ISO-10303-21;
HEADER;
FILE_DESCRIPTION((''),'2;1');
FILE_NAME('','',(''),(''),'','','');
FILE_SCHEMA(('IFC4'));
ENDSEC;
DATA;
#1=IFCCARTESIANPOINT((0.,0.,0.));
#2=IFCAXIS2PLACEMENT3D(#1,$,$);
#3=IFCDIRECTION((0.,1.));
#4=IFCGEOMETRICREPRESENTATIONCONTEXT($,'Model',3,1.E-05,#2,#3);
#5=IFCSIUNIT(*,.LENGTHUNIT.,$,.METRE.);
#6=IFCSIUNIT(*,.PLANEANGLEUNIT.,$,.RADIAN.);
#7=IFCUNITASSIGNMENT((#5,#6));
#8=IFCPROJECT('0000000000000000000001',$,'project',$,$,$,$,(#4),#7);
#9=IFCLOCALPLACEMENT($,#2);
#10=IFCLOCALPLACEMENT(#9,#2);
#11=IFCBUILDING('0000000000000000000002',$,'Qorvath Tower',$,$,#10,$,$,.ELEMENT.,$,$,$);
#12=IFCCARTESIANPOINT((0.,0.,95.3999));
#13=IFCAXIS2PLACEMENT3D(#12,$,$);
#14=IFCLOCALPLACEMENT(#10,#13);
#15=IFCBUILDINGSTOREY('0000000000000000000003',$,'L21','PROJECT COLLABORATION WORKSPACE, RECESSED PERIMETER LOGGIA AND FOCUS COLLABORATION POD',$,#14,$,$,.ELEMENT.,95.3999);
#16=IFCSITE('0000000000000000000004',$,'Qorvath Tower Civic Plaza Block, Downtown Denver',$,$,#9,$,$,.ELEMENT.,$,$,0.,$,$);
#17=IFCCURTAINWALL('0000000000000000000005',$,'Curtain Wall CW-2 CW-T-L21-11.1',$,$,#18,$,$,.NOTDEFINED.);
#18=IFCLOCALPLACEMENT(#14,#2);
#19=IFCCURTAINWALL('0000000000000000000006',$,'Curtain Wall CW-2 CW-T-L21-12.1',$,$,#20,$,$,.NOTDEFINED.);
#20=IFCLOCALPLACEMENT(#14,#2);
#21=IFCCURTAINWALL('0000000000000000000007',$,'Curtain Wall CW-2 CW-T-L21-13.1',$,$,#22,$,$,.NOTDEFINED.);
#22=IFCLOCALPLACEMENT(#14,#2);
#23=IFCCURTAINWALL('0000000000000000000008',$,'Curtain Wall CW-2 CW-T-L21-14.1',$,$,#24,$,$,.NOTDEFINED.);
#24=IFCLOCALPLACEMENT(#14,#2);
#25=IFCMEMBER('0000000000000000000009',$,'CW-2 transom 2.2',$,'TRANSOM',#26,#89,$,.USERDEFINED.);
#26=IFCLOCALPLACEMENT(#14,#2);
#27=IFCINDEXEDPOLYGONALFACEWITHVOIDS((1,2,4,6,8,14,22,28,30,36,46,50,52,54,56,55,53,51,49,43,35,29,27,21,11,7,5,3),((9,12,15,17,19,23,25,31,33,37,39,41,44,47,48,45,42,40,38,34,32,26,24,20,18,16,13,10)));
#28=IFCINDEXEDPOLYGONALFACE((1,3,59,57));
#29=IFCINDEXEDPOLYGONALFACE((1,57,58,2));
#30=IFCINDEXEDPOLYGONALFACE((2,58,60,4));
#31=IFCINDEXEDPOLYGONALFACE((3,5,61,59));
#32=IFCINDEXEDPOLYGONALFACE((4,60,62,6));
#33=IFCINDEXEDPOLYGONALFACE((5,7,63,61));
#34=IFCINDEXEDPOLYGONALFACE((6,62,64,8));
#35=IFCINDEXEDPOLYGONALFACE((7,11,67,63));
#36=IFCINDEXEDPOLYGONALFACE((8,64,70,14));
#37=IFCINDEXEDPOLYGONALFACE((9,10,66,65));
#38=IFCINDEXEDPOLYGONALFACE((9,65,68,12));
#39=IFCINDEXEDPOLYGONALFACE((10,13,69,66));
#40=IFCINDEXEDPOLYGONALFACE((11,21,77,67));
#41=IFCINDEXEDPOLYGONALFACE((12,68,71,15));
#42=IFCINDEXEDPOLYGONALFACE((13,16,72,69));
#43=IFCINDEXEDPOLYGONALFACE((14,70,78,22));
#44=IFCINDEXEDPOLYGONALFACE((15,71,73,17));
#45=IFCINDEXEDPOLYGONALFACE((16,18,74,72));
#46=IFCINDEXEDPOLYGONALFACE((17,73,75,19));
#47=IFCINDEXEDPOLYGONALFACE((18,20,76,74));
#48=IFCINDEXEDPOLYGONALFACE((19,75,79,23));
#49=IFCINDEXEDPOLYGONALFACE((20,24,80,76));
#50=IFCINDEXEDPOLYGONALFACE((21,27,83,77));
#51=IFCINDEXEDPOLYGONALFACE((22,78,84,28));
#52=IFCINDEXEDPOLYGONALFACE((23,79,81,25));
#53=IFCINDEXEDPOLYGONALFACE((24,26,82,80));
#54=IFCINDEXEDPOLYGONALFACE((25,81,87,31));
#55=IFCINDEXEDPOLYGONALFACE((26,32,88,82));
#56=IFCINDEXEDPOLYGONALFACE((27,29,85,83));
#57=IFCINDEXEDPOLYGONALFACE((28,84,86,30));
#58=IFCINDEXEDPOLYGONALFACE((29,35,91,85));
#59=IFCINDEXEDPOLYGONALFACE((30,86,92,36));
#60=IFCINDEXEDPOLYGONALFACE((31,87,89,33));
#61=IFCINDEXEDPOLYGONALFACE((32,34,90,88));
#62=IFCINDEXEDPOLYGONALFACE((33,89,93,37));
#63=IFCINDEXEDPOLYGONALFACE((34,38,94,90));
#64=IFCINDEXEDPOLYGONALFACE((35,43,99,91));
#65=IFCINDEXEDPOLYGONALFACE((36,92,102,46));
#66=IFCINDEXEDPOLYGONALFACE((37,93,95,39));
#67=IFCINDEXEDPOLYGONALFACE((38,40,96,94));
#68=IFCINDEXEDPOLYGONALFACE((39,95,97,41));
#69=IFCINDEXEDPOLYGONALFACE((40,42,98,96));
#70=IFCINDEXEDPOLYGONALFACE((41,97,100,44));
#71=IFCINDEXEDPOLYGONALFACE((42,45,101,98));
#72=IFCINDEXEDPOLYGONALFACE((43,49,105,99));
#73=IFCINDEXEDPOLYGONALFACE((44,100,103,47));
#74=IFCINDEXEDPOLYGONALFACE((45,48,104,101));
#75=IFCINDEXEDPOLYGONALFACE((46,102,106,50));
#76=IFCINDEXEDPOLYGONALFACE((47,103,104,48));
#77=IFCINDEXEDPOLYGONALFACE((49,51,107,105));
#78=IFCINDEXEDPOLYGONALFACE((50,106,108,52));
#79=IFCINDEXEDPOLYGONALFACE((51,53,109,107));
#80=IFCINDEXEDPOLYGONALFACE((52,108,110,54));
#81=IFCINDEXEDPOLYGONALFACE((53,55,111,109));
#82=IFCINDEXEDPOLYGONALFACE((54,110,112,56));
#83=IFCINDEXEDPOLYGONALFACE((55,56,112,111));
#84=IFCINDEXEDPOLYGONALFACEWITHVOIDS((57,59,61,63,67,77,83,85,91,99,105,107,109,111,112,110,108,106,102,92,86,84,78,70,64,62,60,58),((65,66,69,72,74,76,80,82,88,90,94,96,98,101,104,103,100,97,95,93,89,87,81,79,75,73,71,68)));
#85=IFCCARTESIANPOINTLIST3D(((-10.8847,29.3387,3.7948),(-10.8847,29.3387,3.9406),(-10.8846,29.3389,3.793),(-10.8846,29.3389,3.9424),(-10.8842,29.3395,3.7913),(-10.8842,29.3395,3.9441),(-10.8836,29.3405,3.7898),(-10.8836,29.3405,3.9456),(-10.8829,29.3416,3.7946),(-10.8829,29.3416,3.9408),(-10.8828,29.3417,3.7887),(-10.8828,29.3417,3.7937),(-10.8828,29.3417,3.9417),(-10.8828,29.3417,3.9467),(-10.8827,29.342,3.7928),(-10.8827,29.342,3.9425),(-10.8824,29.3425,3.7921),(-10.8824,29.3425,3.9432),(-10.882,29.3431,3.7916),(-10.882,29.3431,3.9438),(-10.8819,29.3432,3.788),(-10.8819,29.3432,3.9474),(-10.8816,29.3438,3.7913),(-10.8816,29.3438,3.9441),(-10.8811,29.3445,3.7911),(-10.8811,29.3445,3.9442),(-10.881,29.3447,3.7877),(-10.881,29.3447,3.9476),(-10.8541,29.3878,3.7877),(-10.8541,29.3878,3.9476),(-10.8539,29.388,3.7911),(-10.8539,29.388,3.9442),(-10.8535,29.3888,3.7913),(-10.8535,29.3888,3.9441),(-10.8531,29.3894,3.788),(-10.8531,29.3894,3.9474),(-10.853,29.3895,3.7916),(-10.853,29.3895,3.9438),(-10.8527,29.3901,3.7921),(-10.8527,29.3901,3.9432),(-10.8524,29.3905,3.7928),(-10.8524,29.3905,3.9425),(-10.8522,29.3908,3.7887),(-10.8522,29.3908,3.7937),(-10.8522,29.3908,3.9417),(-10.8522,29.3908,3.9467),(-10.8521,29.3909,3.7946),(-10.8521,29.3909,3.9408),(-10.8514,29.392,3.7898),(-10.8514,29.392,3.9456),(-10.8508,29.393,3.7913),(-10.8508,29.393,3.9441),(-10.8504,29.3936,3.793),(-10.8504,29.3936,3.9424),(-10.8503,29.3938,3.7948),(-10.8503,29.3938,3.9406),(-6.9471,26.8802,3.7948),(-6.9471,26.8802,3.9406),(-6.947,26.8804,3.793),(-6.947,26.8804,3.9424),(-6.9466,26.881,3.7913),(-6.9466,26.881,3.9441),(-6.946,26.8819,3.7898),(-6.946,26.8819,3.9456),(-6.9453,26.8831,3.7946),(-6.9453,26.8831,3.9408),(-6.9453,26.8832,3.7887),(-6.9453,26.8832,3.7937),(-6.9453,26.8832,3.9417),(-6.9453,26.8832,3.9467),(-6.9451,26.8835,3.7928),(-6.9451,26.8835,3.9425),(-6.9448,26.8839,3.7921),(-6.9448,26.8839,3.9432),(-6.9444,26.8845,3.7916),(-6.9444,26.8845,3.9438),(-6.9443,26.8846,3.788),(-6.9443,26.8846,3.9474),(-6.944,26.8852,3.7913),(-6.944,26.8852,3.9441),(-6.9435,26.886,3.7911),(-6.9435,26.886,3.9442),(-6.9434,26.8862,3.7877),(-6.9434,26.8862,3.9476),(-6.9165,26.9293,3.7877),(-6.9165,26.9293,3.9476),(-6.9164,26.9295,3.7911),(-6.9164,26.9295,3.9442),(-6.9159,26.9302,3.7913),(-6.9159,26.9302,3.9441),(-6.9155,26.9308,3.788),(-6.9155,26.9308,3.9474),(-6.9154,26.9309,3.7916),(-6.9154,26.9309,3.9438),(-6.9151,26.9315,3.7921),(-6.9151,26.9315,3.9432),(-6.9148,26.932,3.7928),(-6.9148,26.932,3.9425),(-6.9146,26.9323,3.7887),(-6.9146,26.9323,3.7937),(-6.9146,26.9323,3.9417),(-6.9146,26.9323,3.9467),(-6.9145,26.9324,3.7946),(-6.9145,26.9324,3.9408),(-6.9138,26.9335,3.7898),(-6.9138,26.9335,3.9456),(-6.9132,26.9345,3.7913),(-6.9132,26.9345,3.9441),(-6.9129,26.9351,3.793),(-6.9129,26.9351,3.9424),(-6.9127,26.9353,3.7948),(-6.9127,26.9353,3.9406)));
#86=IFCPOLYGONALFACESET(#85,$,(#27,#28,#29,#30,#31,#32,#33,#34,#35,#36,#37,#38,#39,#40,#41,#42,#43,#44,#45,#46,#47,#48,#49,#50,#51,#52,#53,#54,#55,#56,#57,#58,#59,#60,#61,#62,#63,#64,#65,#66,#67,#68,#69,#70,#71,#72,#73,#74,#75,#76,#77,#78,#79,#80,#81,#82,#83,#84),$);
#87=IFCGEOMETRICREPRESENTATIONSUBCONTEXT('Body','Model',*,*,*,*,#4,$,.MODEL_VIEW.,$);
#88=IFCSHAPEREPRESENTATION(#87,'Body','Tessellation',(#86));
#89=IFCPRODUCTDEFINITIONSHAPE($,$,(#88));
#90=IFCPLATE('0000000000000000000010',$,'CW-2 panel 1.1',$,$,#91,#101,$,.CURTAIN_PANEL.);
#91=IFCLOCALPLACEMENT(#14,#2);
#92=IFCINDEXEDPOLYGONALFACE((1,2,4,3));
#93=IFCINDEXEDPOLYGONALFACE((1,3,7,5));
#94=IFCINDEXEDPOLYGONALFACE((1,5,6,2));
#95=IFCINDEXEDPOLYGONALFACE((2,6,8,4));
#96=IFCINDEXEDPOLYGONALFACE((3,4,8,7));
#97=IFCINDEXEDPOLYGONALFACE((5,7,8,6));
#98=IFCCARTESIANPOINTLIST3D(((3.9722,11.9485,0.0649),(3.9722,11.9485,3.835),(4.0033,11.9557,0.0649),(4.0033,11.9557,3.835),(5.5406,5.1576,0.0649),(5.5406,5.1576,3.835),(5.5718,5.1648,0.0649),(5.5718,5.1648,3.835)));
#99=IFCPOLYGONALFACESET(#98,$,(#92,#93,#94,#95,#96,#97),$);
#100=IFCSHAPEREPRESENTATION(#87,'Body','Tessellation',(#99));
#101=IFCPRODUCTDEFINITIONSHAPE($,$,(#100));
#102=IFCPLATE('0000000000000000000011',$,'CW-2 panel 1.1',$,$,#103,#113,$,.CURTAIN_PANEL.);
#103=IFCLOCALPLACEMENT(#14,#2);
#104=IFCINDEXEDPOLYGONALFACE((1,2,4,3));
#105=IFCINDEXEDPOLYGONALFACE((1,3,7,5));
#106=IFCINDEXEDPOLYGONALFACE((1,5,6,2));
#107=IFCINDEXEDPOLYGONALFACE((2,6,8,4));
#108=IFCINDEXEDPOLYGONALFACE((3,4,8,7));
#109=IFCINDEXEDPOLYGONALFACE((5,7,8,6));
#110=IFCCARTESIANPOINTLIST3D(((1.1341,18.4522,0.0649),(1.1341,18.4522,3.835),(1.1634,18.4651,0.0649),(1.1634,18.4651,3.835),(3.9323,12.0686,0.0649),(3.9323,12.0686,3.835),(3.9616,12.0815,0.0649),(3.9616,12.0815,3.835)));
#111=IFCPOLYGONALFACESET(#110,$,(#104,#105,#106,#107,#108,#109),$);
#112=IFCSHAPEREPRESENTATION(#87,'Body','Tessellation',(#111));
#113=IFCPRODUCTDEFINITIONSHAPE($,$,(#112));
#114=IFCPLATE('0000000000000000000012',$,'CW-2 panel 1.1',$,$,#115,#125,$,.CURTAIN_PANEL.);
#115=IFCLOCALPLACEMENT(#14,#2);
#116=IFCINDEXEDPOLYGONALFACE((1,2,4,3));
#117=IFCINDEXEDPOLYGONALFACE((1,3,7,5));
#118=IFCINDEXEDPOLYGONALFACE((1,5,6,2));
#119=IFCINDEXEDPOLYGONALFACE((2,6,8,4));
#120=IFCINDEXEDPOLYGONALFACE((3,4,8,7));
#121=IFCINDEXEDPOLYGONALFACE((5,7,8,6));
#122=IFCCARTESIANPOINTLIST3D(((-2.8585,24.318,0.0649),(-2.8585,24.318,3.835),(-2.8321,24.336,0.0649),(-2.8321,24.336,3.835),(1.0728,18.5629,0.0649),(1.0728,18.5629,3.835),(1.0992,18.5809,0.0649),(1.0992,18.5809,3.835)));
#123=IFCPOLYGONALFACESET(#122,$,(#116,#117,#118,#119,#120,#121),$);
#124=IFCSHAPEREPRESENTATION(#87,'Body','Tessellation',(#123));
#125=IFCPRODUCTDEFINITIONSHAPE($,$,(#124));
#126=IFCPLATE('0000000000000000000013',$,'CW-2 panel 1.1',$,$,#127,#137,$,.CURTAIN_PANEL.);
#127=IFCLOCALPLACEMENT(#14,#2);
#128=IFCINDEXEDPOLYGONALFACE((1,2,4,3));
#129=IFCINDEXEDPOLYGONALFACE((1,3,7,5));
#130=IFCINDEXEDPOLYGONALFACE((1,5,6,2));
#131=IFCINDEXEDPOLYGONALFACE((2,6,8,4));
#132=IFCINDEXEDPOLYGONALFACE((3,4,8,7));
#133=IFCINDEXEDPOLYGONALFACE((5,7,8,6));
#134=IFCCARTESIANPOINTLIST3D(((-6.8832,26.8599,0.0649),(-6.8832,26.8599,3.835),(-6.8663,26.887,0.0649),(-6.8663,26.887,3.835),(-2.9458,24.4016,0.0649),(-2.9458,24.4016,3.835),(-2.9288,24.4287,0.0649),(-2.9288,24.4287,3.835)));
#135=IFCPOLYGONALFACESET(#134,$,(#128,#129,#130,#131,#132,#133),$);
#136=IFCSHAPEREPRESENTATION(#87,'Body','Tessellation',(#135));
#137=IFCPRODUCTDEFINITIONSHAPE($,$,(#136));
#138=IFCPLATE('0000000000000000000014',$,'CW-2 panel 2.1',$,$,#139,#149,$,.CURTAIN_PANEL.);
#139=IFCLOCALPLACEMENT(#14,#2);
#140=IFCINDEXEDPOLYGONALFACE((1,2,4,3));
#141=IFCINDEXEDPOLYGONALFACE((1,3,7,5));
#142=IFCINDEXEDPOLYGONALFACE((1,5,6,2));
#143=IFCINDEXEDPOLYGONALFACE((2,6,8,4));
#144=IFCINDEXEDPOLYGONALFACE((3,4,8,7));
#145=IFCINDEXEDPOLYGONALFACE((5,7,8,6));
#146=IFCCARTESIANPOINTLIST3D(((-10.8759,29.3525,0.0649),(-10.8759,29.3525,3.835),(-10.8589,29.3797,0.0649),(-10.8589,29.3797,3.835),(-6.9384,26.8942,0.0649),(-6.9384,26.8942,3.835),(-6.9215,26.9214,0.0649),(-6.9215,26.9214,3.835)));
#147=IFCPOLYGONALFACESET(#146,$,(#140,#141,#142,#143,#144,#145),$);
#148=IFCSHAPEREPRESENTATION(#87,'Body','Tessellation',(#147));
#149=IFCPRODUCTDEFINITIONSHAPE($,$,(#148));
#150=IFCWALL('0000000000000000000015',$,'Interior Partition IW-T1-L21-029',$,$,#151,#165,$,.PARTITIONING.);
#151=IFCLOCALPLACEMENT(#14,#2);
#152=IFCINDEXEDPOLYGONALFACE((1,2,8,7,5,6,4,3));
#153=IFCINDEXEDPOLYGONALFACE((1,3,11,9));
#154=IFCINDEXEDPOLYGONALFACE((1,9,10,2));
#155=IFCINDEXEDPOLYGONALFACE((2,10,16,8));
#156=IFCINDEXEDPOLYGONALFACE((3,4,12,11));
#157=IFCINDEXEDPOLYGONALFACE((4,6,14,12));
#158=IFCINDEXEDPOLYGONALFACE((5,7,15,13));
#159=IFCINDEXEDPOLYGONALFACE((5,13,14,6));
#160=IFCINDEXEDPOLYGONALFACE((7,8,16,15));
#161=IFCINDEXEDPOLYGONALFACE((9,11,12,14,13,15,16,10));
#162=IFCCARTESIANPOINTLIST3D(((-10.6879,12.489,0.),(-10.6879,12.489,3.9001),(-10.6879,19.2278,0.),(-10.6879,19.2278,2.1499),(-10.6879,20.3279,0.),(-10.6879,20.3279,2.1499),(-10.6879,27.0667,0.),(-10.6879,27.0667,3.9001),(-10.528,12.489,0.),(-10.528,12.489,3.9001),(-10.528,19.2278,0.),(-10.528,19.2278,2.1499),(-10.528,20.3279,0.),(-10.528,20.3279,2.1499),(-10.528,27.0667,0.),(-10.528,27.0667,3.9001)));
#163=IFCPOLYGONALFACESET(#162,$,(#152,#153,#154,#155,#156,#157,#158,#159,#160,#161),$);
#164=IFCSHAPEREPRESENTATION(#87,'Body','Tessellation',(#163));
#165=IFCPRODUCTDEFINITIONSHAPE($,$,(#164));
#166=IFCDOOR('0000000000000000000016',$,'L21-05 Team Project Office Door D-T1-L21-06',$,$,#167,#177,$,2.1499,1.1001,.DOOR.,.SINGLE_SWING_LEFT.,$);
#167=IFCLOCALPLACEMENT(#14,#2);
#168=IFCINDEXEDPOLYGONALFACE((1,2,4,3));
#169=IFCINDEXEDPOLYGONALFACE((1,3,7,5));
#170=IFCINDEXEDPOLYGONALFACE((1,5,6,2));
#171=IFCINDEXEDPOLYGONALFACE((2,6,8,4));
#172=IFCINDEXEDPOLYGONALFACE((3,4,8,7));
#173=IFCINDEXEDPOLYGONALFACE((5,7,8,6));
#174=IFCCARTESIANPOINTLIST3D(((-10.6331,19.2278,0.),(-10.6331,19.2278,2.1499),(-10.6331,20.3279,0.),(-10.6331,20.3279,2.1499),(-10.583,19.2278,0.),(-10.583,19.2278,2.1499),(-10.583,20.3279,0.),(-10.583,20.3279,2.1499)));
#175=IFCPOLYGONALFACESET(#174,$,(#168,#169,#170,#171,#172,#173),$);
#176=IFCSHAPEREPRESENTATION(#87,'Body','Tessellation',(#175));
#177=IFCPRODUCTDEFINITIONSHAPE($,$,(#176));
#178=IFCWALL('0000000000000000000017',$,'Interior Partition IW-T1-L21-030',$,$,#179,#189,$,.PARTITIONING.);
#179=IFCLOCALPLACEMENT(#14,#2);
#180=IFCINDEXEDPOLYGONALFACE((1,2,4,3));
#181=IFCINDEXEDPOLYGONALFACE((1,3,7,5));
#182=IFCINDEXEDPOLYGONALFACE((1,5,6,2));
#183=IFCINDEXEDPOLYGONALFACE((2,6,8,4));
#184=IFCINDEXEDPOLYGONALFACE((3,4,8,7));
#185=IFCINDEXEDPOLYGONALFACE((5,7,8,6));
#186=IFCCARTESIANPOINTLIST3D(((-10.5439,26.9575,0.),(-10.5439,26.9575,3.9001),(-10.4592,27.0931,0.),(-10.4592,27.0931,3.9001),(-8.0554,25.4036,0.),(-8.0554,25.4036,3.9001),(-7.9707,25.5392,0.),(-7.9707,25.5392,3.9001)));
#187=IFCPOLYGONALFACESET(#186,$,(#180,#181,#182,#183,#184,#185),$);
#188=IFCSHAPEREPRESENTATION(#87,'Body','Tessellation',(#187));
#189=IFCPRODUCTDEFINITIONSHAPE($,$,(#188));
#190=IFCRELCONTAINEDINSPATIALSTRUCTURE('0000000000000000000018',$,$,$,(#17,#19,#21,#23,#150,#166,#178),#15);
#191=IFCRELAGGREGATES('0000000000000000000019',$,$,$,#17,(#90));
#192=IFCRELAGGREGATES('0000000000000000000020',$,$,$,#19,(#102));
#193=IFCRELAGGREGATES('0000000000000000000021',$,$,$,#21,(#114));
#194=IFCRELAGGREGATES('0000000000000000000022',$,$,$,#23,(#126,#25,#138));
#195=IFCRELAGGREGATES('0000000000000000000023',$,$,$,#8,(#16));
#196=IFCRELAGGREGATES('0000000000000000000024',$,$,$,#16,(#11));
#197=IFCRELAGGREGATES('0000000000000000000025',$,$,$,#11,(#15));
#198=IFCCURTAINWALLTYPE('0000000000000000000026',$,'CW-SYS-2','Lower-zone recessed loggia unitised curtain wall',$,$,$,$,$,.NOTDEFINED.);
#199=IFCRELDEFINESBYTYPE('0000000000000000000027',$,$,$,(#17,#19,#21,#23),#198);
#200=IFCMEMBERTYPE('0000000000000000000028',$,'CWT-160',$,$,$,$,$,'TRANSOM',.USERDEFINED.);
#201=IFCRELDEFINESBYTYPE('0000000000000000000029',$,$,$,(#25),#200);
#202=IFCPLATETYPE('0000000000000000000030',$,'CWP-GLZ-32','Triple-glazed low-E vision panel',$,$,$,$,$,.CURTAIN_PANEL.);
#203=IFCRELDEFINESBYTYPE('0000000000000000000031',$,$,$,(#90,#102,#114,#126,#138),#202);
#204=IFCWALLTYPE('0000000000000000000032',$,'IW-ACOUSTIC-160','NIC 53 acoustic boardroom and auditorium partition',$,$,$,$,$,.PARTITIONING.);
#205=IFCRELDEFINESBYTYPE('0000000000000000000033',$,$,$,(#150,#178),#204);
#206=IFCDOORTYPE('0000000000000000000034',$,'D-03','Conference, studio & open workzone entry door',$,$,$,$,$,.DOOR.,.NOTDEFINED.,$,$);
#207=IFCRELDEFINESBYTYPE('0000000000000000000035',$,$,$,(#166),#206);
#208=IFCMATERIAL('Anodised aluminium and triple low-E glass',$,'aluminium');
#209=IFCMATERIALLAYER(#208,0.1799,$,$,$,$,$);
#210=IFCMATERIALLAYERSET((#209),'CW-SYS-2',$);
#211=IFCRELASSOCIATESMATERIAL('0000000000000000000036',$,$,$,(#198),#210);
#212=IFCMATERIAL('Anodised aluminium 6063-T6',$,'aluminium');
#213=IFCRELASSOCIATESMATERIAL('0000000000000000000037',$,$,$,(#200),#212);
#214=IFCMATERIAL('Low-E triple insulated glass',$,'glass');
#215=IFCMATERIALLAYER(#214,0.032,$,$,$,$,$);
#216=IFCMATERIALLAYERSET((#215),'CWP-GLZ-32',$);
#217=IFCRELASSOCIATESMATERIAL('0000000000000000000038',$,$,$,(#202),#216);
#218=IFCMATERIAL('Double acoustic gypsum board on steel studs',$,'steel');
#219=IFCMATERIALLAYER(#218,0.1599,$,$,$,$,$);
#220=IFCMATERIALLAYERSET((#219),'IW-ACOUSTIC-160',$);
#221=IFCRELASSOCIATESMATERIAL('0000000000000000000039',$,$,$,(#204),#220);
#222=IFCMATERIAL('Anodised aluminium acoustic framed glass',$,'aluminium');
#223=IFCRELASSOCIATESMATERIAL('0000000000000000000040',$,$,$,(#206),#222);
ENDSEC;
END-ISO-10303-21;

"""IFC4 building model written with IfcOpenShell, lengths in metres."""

from ifc_helpers import new_model, si_unit, direction, frame, frame_2d, origin, origin_2d, place, context, subcontext, project, spatial, rectangle, hollow_rectangle, extrude, material, layer, layer_set, material_profile, profile_set, type_object, element, fill, aggregate, save


model = new_model("IFC4")

# Units and contexts
model_context = context("Model", 3, precision=1e-05, world=origin(), true_north=direction((0.0, 1.0)))
body_context = subcontext(model_context, "Body", "Model", "MODEL_VIEW")
ifc_project = project(units=[si_unit("LENGTHUNIT", "METRE"), si_unit("PLANEANGLEUNIT", "RADIAN")], contexts=[model_context])

# Site, building, storey
site_placement = place(None, origin())
site = spatial("IfcSite", under=ifc_project, at=site_placement, Name="Qorvath Tower Civic Plaza Block, Downtown Denver", CompositionType="ELEMENT", RefElevation=0.0)
building_placement = place(site_placement, origin())
building = spatial("IfcBuilding", under=site, at=building_placement, Name="Qorvath Tower", CompositionType="ELEMENT")
storey_placement = place(building_placement, frame((0.0, 0.0, 95.3999)))
storey = spatial("IfcBuildingStorey", under=building, at=storey_placement, Name="L21", Description="PROJECT COLLABORATION WORKSPACE, RECESSED PERIMETER LOGGIA AND FOCUS COLLABORATION POD", CompositionType="ELEMENT", Elevation=95.3999)

# Curtain wall
ifc_material_1 = material(Name="Anodised aluminium and triple low-E glass", Category="aluminium")
ifc_layer_1 = layer(ifc_material_1, 0.1799)
ifc_layer_set_1 = layer_set([ifc_layer_1], Name="CW-SYS-2")
curtain_wall_type = type_object("IfcCurtainWallType", Name="CW-SYS-2", Description="Lower-zone recessed loggia unitised curtain wall", PredefinedType="NOTDEFINED", material=ifc_layer_set_1)
curtain_wall_1_placement = place(storey_placement, origin())
curtain_wall_1 = element("IfcCurtainWall", 1, at=curtain_wall_1_placement, inside=storey, type_object=curtain_wall_type, Name="Curtain Wall CW-2 CW-T-L21-11.1", PredefinedType="NOTDEFINED")

# Curtain walls
curtain_wall_2_placement = place(storey_placement, origin())
curtain_wall_2 = element("IfcCurtainWall", 2, at=curtain_wall_2_placement, inside=storey, type_object=curtain_wall_type, Name="Curtain Wall CW-2 CW-T-L21-12.1", PredefinedType="NOTDEFINED")
curtain_wall_3_placement = place(storey_placement, origin())
curtain_wall_3 = element("IfcCurtainWall", 3, at=curtain_wall_3_placement, inside=storey, type_object=curtain_wall_type, Name="Curtain Wall CW-2 CW-T-L21-13.1", PredefinedType="NOTDEFINED")
curtain_wall_4_placement = place(storey_placement, origin())
curtain_wall_4 = element("IfcCurtainWall", 4, at=curtain_wall_4_placement, inside=storey, type_object=curtain_wall_type, Name="Curtain Wall CW-2 CW-T-L21-14.1", PredefinedType="NOTDEFINED")

# Member
ifc_material_2 = material(Name="Anodised aluminium 6063-T6", Category="aluminium")
ifc_material_profile_1 = material_profile(ifc_material_2, hollow_rectangle(XDim=0.0649, YDim=0.1599, WallThickness=0.0034, InnerFilletRadius=0.0034, OuterFilletRadius=0.0071, at=origin_2d()), Name="CWT 160x65")
ifc_profile_set_1 = profile_set([ifc_material_profile_1], Name="Anodised aluminium 6063-T6")
member_type_1 = type_object("IfcMemberType", Name="CWT-160", ElementType="TRANSOM", PredefinedType="USERDEFINED", material=ifc_profile_set_1)
member_1_placement = place(storey_placement, frame((-6.9299, 26.9077, 3.8677), z_axis=(-0.848235, 0.529621, 0.0), x_axis=(-0.529621, -0.848235, 0.0)))
member_1 = element("IfcMember", 5, at=member_1_placement, type_object=member_type_1, Name="CW-2 transom 2.2", ObjectType="TRANSOM", PredefinedType="USERDEFINED", context=body_context, shape_type="SweptSolid", body=[
    extrude(hollow_rectangle(XDim=0.0649, YDim=0.1599, WallThickness=0.0034, InnerFilletRadius=0.0034, OuterFilletRadius=0.0071, at=origin_2d()), origin(), (0.0, 0.0, 1.0), 4.6421),
])

# Plates
ifc_material_3 = material(Name="Low-E triple insulated glass", Category="glass")
ifc_layer_2 = layer(ifc_material_3, 0.032)
ifc_layer_set_2 = layer_set([ifc_layer_2], Name="CWP-GLZ-32")
plate_type = type_object("IfcPlateType", Name="CWP-GLZ-32", Description="Triple-glazed low-E vision panel", PredefinedType="CURTAIN_PANEL", material=ifc_layer_set_2)
plate_1_placement = place(storey_placement, frame((4.772, 8.5566, 0.0649), z_axis=(0.0, 0.0, 1.0), x_axis=(-0.225034, 0.974351, 0.0)))
plate_1 = element("IfcPlate", 6, at=plate_1_placement, type_object=plate_type, Name="CW-2 panel 1.1", PredefinedType="CURTAIN_PANEL", context=body_context, shape_type="SweptSolid", body=[
    extrude(rectangle(XDim=6.9697, YDim=0.032, at=origin_2d()), origin(), (0.0, 0.0, 1.0), 3.77),
])
aggregate(curtain_wall_1, [plate_1])
plate_2_placement = place(storey_placement, frame((2.5479, 15.2668, 0.0649), z_axis=(0.0, 0.0, 1.0), x_axis=(-0.401477, 0.915869, 0.0)))
plate_2 = element("IfcPlate", 7, at=plate_2_placement, type_object=plate_type, Name="CW-2 panel 1.1", PredefinedType="CURTAIN_PANEL", context=body_context, shape_type="SweptSolid", body=[
    extrude(rectangle(XDim=6.97, YDim=0.032, at=origin_2d()), origin(), (0.0, 0.0, 1.0), 3.77),
])
aggregate(curtain_wall_2, [plate_2])
plate_3_placement = place(storey_placement, frame((-0.8796, 21.4495, 0.0649), z_axis=(0.0, 0.0, 1.0), x_axis=(-0.564062, 0.825733, 0.0)))
plate_3 = element("IfcPlate", 8, at=plate_3_placement, type_object=plate_type, Name="CW-2 panel 1.1", PredefinedType="CURTAIN_PANEL", context=body_context, shape_type="SweptSolid", body=[
    extrude(rectangle(XDim=6.9697, YDim=0.032, at=origin_2d()), origin(), (0.0, 0.0, 1.0), 3.77),
])
aggregate(curtain_wall_3, [plate_3])
plate_4_placement = place(storey_placement, frame((-4.906, 25.6443, 0.0649), z_axis=(0.0, 0.0, 1.0), x_axis=(-0.84825, 0.529596, 0.0)))
plate_4 = element("IfcPlate", 9, at=plate_4_placement, type_object=plate_type, Name="CW-2 panel 1.1", PredefinedType="CURTAIN_PANEL", context=body_context, shape_type="SweptSolid", body=[
    extrude(rectangle(XDim=4.6418, YDim=0.032, at=origin_2d()), origin(), (0.0, 0.0, 1.0), 3.77),
])
plate_5_placement = place(storey_placement, frame((-8.8987, 28.137, 0.0649), z_axis=(0.0, 0.0, 1.0), x_axis=(-0.84825, 0.529596, 0.0)))
plate_5 = element("IfcPlate", 10, at=plate_5_placement, type_object=plate_type, Name="CW-2 panel 2.1", PredefinedType="CURTAIN_PANEL", context=body_context, shape_type="SweptSolid", body=[
    extrude(rectangle(XDim=4.6418, YDim=0.032, at=origin_2d()), origin(), (0.0, 0.0, 1.0), 3.77),
])
aggregate(curtain_wall_4, [plate_4, member_1, plate_5])

# Wall, opening, door
ifc_material_4 = material(Name="Double acoustic gypsum board on steel studs", Category="steel")
ifc_layer_3 = layer(ifc_material_4, 0.1599)
ifc_layer_set_3 = layer_set([ifc_layer_3], Name="IW-ACOUSTIC-160")
wall_type_1 = type_object("IfcWallType", Name="IW-ACOUSTIC-160", Description="NIC 53 acoustic boardroom and auditorium partition", PredefinedType="PARTITIONING", material=ifc_layer_set_3)
wall_1_placement = place(storey_placement, frame((-10.6079, 27.0667, 0.0), z_axis=(0.0, 0.0, 1.0), x_axis=(0.0, -1.0, 0.0)))
wall_1 = element("IfcWall", 11, at=wall_1_placement, inside=storey, type_object=wall_type_1, Name="Interior Partition IW-T1-L21-029", PredefinedType="PARTITIONING", context=body_context, shape_type="SweptSolid", body=[
    extrude(rectangle(XDim=14.5776, YDim=0.1599, at=frame_2d((7.2888, 0.0))), origin(), (0.0, 0.0, 1.0), 3.9001),
])
opening_1_placement = place(wall_1_placement, frame((6.7388, 0.0, 0.0)))
opening_1 = element("IfcOpeningElement", 12, at=opening_1_placement, cuts=wall_1, PredefinedType="OPENING", context=body_context, shape_type="SweptSolid", body=[
    extrude(rectangle(XDim=1.1001, YDim=2.1499, at=frame_2d((0.55, 1.075))), frame((0.0, 0.0898, 0.0), z_axis=(0.0, -1.0, 0.0), x_axis=(1.0, 0.0, 0.0)), (0.0, 0.0, 1.0), 0.1799),
])
ifc_material_5 = material(Name="Anodised aluminium acoustic framed glass", Category="aluminium")
door_type_1 = type_object("IfcDoorType", Name="D-03", Description="Conference, studio & open workzone entry door", OperationType="NOTDEFINED", PredefinedType="DOOR", material=ifc_material_5)
door_1_placement = place(opening_1_placement, origin())
door_1 = element("IfcDoor", 13, at=door_1_placement, inside=storey, type_object=door_type_1, Name="L21-05 Team Project Office Door D-T1-L21-06", OperationType="SINGLE_SWING_LEFT", OverallHeight=2.1499, OverallWidth=1.1001, PredefinedType="DOOR", context=body_context, shape_type="SweptSolid", body=[
    extrude(rectangle(XDim=1.1001, YDim=2.1499, at=frame_2d((0.55, 1.075))), frame((0.0, 0.0249, 0.0), z_axis=(0.0, -1.0, 0.0), x_axis=(1.0, 0.0, 0.0)), (0.0, 0.0, 1.0), 0.05),
])
fill(opening_1, door_1)

# Wall
wall_2_placement = place(storey_placement, frame((-8.0132, 25.4714, 0.0), z_axis=(0.0, 0.0, 1.0), x_axis=(-0.848209, 0.529662, 0.0)))
element("IfcWall", 14, at=wall_2_placement, inside=storey, type_object=wall_type_1, Name="Interior Partition IW-T1-L21-030", PredefinedType="PARTITIONING", context=body_context, shape_type="SweptSolid", body=[
    extrude(rectangle(XDim=2.9338, YDim=0.1599, at=frame_2d((1.4668, 0.0))), origin(), (0.0, 0.0, 1.0), 3.9001),
])

save(model, "model.ifc")
